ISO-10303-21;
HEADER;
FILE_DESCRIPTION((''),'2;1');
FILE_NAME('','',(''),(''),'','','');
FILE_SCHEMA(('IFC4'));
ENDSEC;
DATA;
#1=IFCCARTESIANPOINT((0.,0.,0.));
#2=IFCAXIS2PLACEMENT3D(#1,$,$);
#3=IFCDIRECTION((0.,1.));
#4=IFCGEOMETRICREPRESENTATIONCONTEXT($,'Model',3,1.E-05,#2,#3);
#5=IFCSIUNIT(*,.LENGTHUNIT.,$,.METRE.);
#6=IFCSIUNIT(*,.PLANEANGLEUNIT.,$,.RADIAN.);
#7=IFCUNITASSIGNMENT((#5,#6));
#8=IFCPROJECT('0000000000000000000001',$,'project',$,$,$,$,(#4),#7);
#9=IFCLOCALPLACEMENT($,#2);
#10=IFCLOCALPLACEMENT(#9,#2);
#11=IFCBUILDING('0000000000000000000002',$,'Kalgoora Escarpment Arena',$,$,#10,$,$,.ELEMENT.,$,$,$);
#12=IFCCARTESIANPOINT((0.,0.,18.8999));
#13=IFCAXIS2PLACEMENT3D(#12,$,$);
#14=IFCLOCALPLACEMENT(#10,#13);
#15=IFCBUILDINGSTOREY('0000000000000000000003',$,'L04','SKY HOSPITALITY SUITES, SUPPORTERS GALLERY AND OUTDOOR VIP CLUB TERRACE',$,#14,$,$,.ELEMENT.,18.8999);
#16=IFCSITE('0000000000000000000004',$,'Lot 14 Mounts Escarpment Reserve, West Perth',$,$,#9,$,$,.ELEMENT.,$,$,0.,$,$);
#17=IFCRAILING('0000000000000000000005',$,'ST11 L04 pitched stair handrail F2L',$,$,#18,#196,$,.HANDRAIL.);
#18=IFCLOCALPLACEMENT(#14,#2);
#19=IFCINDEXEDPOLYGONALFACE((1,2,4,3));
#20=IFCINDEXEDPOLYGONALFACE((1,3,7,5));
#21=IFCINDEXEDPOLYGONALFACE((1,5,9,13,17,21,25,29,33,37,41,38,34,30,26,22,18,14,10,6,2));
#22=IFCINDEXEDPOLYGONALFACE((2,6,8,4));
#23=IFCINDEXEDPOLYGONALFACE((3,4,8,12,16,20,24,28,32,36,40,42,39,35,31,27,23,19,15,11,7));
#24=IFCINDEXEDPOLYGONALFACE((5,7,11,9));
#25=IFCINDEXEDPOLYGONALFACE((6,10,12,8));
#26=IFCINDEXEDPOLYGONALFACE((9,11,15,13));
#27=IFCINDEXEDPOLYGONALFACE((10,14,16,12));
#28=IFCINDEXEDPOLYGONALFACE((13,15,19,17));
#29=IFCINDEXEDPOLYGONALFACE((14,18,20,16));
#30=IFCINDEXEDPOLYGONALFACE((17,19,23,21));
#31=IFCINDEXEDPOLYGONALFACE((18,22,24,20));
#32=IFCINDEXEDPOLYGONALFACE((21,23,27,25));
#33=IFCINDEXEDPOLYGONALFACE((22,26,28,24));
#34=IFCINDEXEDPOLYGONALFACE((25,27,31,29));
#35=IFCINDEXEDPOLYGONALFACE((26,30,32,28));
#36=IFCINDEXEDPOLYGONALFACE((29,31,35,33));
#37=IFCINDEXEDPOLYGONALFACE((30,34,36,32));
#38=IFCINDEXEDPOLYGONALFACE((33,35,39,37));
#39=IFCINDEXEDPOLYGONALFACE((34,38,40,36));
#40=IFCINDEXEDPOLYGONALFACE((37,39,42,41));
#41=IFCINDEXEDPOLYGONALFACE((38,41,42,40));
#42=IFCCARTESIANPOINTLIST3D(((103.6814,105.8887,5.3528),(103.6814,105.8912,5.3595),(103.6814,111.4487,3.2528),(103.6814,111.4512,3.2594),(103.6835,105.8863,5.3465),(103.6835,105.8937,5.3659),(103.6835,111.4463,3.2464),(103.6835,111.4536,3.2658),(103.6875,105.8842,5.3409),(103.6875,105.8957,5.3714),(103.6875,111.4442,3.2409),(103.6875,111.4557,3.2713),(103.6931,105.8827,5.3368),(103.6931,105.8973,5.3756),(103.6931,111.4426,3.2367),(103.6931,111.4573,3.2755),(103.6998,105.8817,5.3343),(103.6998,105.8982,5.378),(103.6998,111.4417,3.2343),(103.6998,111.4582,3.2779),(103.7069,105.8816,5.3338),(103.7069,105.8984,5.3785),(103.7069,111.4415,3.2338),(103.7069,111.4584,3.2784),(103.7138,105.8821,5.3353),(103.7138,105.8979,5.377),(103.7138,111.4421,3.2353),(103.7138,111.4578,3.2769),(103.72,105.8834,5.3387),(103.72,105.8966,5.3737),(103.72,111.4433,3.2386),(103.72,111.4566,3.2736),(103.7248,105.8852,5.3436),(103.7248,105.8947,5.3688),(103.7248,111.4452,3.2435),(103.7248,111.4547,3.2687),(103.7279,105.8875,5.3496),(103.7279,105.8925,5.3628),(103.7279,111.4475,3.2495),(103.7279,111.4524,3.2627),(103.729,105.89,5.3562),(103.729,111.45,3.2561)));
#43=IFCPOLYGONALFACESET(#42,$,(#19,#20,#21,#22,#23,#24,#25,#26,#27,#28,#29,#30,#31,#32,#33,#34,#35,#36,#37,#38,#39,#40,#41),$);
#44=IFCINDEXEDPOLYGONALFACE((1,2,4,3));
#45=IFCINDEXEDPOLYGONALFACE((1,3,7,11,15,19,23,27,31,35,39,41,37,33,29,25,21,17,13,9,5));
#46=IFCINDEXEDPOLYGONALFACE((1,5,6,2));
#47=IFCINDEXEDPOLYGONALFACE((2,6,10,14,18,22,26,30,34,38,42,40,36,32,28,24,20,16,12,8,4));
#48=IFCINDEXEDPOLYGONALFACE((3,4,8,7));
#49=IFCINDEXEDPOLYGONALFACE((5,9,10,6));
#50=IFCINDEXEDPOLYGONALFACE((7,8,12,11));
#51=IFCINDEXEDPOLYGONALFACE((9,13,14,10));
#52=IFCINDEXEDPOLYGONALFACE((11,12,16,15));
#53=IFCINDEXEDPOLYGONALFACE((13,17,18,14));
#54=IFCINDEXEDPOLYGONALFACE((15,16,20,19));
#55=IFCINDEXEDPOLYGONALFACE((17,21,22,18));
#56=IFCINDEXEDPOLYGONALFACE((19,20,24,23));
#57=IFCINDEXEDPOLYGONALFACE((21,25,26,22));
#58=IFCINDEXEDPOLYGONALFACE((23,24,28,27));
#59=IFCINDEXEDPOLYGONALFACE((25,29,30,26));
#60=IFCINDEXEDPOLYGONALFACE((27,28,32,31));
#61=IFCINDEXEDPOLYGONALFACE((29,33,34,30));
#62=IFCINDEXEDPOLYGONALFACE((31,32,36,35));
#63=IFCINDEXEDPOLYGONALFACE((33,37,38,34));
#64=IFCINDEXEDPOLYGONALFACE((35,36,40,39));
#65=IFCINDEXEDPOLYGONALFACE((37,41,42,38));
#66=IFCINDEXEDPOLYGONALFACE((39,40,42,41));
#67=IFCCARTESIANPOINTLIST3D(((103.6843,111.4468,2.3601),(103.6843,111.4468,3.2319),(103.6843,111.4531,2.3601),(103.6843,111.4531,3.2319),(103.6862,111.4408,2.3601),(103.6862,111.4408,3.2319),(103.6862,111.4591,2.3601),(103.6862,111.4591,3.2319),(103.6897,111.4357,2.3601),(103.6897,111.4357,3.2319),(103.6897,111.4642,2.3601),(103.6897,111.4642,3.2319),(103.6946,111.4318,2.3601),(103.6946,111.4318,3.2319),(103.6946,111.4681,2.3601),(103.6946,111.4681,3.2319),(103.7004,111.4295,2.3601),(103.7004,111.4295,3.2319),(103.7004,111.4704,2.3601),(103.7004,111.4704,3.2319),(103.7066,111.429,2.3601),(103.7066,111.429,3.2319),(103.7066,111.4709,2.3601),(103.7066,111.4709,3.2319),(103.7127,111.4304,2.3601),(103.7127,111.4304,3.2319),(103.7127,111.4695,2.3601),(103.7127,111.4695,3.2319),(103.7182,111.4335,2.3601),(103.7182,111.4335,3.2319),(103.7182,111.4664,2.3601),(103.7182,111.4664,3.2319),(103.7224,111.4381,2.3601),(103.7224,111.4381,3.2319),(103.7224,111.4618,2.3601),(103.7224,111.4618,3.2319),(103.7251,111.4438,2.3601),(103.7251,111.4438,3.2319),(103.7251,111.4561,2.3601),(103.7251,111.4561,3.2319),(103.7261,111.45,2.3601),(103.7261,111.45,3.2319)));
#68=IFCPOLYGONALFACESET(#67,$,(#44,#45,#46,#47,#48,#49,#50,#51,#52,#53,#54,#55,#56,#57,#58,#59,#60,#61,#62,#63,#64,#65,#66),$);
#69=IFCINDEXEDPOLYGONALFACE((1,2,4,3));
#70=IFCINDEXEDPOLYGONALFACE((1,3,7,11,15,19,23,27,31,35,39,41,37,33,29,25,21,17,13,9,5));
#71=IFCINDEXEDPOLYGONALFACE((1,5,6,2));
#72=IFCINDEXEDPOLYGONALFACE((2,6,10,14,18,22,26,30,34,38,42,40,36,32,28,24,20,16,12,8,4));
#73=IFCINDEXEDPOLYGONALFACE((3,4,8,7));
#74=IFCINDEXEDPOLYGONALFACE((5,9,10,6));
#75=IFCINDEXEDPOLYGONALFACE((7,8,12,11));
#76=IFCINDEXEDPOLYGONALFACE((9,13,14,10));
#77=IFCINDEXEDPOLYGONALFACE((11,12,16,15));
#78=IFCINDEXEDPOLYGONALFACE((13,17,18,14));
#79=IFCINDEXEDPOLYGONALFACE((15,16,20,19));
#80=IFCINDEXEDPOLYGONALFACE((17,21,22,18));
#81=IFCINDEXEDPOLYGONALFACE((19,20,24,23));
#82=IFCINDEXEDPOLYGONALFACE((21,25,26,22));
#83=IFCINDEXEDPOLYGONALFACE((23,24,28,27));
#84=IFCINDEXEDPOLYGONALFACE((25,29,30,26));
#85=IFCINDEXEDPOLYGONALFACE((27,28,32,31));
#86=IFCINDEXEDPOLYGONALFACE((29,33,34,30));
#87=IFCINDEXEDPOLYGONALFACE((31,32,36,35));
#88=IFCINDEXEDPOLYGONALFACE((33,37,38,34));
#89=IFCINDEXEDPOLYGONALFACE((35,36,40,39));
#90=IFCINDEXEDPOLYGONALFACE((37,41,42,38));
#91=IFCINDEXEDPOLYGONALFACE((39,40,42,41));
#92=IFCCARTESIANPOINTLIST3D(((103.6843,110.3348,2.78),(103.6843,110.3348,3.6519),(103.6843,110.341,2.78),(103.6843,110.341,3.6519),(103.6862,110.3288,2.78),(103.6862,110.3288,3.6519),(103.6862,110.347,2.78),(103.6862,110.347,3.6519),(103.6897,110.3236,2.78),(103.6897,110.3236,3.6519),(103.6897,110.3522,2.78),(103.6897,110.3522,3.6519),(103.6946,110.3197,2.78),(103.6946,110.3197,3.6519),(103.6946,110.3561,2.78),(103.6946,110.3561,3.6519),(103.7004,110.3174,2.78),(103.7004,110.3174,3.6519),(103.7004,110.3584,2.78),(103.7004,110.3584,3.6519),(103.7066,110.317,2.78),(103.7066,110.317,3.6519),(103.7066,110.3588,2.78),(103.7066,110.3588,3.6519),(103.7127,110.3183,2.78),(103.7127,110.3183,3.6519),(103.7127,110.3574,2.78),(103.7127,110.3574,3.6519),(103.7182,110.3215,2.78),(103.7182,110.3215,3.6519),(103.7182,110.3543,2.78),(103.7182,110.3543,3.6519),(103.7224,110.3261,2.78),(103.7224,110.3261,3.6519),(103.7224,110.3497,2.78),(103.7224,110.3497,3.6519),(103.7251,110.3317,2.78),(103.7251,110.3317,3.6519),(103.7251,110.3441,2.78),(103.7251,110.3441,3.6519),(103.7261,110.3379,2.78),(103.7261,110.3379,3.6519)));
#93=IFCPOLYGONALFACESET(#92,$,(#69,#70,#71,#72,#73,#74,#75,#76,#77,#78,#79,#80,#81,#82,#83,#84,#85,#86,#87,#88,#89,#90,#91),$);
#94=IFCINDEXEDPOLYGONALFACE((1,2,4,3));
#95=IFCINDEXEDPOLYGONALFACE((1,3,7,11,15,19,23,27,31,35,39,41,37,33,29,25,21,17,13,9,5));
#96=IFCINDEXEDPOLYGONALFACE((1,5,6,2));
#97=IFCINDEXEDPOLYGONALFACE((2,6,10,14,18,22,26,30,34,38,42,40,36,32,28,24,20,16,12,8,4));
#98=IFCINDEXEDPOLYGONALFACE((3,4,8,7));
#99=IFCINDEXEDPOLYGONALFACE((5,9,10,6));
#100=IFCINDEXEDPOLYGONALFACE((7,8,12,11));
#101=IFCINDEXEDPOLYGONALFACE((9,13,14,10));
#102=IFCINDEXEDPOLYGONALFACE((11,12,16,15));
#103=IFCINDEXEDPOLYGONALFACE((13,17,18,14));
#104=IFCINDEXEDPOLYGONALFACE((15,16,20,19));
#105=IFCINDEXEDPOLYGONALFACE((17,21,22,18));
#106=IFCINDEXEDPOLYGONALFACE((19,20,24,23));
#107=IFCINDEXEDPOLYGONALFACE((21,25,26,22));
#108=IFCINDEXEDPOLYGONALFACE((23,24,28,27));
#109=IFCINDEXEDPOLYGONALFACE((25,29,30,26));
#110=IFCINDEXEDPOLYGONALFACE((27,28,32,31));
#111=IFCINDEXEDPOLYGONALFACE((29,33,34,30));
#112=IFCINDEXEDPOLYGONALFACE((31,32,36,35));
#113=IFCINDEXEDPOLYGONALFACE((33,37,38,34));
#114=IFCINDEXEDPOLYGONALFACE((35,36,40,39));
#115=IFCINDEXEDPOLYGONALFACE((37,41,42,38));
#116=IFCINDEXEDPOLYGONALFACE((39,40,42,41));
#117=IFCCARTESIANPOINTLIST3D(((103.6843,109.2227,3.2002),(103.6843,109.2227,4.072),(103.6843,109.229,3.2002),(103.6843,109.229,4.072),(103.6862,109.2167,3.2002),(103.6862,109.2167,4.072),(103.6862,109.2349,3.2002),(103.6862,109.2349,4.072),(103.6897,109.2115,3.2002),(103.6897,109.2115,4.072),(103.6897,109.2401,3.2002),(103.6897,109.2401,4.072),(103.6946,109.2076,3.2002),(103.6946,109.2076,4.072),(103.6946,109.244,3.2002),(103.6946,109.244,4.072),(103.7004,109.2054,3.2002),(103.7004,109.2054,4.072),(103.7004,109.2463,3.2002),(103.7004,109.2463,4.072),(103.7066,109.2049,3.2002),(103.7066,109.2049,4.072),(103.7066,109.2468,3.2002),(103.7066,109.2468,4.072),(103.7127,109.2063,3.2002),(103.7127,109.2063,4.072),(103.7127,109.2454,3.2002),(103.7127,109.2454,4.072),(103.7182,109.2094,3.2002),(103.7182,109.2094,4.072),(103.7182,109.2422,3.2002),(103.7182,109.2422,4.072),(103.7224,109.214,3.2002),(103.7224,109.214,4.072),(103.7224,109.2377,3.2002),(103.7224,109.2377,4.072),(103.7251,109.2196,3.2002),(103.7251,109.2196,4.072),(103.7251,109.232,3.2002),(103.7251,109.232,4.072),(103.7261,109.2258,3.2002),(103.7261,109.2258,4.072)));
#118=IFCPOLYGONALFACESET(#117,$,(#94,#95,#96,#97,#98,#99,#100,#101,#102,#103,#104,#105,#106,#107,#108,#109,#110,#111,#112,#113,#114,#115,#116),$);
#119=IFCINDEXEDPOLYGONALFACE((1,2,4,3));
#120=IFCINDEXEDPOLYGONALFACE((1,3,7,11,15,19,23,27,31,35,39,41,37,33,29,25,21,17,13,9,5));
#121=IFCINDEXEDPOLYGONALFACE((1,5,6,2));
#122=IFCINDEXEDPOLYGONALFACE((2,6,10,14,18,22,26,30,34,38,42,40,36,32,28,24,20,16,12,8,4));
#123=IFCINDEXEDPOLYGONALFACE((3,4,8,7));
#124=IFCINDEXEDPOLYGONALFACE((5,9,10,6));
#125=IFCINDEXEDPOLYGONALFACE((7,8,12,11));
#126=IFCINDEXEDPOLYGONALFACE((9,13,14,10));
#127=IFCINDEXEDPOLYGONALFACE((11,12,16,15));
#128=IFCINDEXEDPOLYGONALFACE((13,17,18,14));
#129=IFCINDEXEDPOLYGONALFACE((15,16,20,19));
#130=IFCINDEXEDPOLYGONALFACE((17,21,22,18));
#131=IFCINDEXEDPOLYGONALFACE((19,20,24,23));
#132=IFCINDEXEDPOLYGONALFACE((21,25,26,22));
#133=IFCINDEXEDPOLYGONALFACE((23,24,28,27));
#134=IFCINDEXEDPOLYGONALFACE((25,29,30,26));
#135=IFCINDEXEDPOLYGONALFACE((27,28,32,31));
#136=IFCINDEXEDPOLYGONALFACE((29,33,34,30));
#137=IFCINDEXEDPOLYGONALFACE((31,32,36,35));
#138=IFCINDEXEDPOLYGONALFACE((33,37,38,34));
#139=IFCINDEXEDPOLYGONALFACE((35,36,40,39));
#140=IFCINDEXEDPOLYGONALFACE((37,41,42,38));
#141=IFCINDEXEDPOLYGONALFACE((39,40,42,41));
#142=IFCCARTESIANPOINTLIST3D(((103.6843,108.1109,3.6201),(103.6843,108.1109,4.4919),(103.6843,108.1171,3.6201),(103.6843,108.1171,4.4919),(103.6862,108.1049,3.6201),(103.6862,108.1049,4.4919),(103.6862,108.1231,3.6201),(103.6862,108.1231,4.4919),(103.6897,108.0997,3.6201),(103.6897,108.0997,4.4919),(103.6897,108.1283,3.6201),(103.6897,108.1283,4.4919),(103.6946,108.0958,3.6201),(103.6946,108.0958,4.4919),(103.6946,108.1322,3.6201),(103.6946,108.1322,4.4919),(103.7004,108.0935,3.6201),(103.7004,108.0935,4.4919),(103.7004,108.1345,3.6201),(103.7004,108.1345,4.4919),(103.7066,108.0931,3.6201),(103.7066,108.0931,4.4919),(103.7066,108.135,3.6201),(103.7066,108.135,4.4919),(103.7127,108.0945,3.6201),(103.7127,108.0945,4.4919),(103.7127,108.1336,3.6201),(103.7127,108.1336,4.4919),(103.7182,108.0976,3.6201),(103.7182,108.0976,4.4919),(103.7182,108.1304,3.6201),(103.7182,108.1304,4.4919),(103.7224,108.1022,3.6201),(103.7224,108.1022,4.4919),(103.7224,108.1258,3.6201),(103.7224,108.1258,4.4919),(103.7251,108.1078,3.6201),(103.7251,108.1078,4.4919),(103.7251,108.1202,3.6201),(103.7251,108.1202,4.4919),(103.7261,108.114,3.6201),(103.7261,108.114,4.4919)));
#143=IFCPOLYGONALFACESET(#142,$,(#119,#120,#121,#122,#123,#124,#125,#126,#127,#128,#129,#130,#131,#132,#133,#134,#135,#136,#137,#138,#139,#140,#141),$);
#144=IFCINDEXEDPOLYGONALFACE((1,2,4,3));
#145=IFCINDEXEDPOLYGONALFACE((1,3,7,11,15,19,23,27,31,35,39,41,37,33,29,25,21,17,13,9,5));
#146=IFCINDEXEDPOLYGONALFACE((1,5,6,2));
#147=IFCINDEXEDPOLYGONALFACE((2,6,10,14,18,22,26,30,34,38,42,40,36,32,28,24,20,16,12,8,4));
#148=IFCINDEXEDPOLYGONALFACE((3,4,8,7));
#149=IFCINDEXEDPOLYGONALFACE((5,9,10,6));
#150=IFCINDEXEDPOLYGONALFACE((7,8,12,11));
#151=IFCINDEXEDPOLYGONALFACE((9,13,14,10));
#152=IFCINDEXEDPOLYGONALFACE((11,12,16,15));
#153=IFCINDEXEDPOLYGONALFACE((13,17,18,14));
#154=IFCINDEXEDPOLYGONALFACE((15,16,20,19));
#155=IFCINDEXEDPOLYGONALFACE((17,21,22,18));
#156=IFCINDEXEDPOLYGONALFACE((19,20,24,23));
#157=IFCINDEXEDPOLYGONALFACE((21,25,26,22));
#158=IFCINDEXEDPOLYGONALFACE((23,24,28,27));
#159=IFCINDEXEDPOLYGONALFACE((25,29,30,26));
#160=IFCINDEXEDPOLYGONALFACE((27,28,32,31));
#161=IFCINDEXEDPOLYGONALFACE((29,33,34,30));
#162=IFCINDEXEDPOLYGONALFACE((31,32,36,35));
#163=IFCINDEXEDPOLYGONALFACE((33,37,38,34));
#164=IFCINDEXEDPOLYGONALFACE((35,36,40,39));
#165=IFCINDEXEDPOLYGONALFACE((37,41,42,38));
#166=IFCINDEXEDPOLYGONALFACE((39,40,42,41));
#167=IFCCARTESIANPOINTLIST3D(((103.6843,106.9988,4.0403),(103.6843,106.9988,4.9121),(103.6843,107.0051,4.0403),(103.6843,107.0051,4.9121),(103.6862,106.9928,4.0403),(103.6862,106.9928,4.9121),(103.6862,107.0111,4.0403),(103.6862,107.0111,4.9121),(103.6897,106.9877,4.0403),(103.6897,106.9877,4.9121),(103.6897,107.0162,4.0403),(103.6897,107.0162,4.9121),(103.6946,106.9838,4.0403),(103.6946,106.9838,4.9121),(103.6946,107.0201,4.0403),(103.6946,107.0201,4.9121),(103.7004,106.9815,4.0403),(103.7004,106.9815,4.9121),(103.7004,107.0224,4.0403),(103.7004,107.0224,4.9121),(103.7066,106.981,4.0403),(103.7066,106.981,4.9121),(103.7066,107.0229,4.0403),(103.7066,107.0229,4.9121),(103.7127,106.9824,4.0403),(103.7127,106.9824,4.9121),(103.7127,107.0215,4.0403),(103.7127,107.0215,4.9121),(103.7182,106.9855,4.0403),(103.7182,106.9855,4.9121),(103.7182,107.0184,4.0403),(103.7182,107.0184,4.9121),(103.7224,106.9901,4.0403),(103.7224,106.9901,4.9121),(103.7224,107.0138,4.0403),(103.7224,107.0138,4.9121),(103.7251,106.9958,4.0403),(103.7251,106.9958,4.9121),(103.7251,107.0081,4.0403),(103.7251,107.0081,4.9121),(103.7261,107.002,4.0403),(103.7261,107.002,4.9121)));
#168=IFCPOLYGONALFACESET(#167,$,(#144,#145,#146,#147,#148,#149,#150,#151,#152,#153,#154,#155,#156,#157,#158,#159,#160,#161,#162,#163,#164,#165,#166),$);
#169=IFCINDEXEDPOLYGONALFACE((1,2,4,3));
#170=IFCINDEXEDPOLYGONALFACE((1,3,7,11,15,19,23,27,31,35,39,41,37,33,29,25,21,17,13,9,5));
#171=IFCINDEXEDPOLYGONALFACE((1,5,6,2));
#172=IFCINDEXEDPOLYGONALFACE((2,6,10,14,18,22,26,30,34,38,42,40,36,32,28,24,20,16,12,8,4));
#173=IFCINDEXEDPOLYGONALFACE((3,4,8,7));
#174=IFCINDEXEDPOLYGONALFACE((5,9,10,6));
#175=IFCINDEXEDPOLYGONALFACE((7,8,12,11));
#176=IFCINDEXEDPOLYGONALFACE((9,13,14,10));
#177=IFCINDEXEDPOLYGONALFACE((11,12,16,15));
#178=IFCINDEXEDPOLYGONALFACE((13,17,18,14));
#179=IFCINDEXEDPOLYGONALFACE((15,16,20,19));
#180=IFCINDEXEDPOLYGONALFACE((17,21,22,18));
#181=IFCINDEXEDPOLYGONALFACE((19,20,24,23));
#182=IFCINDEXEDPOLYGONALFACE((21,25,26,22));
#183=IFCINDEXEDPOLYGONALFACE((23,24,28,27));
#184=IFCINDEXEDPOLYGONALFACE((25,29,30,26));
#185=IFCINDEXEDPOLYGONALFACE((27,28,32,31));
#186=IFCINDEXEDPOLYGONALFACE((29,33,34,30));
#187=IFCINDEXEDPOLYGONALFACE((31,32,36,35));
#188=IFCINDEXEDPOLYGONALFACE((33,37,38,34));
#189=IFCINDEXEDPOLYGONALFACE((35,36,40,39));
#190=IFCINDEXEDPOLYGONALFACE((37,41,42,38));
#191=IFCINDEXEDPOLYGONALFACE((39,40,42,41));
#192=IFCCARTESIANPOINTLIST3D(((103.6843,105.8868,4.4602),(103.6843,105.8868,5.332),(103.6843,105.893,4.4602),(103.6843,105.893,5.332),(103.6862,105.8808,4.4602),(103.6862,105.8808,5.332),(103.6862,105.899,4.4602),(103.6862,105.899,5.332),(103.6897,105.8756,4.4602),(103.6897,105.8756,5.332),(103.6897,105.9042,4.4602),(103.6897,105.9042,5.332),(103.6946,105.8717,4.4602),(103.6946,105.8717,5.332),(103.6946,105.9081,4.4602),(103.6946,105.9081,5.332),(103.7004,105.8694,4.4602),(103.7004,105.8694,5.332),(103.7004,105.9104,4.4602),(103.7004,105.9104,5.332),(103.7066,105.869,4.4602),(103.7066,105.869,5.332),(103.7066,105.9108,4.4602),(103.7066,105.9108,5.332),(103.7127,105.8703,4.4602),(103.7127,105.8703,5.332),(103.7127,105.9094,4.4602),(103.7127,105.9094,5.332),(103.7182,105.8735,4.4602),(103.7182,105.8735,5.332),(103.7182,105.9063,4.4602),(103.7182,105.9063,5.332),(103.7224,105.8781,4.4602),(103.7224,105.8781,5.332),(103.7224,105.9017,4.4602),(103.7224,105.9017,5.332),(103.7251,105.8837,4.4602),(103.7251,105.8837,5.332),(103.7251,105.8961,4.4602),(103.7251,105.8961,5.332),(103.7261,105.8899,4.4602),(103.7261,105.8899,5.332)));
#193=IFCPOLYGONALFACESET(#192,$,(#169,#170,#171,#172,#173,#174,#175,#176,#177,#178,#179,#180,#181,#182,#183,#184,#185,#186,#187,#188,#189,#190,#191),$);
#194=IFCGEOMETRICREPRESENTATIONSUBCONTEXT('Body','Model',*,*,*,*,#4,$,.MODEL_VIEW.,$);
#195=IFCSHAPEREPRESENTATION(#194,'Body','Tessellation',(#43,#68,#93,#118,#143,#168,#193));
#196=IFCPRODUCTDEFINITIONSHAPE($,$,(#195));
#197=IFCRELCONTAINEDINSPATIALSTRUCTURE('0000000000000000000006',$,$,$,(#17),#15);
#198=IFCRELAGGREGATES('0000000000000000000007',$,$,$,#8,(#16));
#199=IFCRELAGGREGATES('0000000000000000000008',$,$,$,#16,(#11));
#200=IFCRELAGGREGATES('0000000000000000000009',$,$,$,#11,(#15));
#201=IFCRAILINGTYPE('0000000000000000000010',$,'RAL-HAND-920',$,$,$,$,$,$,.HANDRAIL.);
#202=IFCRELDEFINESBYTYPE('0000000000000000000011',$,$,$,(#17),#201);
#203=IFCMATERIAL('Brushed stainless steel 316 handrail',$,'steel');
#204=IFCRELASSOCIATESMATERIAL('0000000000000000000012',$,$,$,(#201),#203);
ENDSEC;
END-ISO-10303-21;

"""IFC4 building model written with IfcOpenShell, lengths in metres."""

from ifc_helpers import new_model, si_unit, direction, frame, origin, origin_2d, place, context, subcontext, project, spatial, circle, extrude, material, type_object, element, save


model = new_model("IFC4")

# Units and contexts
model_context = context("Model", 3, precision=1e-05, world=origin(), true_north=direction((0.0, 1.0)))
body_context = subcontext(model_context, "Body", "Model", "MODEL_VIEW")
ifc_project = project(units=[si_unit("LENGTHUNIT", "METRE"), si_unit("PLANEANGLEUNIT", "RADIAN")], contexts=[model_context])

# Site, building, storey
site_placement = place(None, origin())
site = spatial("IfcSite", under=ifc_project, at=site_placement, Name="Lot 14 Mounts Escarpment Reserve, West Perth", CompositionType="ELEMENT", RefElevation=0.0)
building_placement = place(site_placement, origin())
building = spatial("IfcBuilding", under=site, at=building_placement, Name="Kalgoora Escarpment Arena", CompositionType="ELEMENT")
storey_placement = place(building_placement, frame((0.0, 0.0, 18.8999)))
storey = spatial("IfcBuildingStorey", under=building, at=storey_placement, Name="L04", Description="SKY HOSPITALITY SUITES, SUPPORTERS GALLERY AND OUTDOOR VIP CLUB TERRACE", CompositionType="ELEMENT", Elevation=18.8999)

# Railing
ifc_material_1 = material(Name="Brushed stainless steel 316 handrail", Category="steel")
railing_type_1 = type_object("IfcRailingType", Name="RAL-HAND-920", PredefinedType="HANDRAIL", material=ifc_material_1)
for number, where, name in (
    (1, (103.7051, 111.45, 2.3601), "ST11 L04 pitched stair handrail F2L"),
):
    element("IfcRailing", number, at=place(storey_placement, frame(where)), inside=storey, type_object=railing_type_1, Name=name, PredefinedType="HANDRAIL", context=body_context, shape_type="SweptSolid", body=[
        extrude(circle(Radius=0.0239, at=origin_2d()), frame((0.0, 0.0, 0.896), z_axis=(0.0, -0.935493, 0.353346), x_axis=(1.0, 0.0, 0.0)), (0.0, 0.0, 1.0), 5.9434),
        extrude(circle(Radius=0.021, at=origin_2d()), origin(), (0.0, 0.0, 1.0), 0.8718),
        extrude(circle(Radius=0.021, at=origin_2d()), frame((0.0, -1.1121, 0.4199)), (0.0, 0.0, 1.0), 0.8718),
        extrude(circle(Radius=0.021, at=origin_2d()), frame((0.0, -2.2241, 0.8401)), (0.0, 0.0, 1.0), 0.8718),
        extrude(circle(Radius=0.021, at=origin_2d()), frame((0.0, -3.3359, 1.26)), (0.0, 0.0, 1.0), 0.8718),
        extrude(circle(Radius=0.021, at=origin_2d()), frame((0.0, -4.448, 1.6802)), (0.0, 0.0, 1.0), 0.8718),
        extrude(circle(Radius=0.021, at=origin_2d()), frame((0.0, -5.5601, 2.1001)), (0.0, 0.0, 1.0), 0.8718),
    ])

save(model, "model.ifc")
